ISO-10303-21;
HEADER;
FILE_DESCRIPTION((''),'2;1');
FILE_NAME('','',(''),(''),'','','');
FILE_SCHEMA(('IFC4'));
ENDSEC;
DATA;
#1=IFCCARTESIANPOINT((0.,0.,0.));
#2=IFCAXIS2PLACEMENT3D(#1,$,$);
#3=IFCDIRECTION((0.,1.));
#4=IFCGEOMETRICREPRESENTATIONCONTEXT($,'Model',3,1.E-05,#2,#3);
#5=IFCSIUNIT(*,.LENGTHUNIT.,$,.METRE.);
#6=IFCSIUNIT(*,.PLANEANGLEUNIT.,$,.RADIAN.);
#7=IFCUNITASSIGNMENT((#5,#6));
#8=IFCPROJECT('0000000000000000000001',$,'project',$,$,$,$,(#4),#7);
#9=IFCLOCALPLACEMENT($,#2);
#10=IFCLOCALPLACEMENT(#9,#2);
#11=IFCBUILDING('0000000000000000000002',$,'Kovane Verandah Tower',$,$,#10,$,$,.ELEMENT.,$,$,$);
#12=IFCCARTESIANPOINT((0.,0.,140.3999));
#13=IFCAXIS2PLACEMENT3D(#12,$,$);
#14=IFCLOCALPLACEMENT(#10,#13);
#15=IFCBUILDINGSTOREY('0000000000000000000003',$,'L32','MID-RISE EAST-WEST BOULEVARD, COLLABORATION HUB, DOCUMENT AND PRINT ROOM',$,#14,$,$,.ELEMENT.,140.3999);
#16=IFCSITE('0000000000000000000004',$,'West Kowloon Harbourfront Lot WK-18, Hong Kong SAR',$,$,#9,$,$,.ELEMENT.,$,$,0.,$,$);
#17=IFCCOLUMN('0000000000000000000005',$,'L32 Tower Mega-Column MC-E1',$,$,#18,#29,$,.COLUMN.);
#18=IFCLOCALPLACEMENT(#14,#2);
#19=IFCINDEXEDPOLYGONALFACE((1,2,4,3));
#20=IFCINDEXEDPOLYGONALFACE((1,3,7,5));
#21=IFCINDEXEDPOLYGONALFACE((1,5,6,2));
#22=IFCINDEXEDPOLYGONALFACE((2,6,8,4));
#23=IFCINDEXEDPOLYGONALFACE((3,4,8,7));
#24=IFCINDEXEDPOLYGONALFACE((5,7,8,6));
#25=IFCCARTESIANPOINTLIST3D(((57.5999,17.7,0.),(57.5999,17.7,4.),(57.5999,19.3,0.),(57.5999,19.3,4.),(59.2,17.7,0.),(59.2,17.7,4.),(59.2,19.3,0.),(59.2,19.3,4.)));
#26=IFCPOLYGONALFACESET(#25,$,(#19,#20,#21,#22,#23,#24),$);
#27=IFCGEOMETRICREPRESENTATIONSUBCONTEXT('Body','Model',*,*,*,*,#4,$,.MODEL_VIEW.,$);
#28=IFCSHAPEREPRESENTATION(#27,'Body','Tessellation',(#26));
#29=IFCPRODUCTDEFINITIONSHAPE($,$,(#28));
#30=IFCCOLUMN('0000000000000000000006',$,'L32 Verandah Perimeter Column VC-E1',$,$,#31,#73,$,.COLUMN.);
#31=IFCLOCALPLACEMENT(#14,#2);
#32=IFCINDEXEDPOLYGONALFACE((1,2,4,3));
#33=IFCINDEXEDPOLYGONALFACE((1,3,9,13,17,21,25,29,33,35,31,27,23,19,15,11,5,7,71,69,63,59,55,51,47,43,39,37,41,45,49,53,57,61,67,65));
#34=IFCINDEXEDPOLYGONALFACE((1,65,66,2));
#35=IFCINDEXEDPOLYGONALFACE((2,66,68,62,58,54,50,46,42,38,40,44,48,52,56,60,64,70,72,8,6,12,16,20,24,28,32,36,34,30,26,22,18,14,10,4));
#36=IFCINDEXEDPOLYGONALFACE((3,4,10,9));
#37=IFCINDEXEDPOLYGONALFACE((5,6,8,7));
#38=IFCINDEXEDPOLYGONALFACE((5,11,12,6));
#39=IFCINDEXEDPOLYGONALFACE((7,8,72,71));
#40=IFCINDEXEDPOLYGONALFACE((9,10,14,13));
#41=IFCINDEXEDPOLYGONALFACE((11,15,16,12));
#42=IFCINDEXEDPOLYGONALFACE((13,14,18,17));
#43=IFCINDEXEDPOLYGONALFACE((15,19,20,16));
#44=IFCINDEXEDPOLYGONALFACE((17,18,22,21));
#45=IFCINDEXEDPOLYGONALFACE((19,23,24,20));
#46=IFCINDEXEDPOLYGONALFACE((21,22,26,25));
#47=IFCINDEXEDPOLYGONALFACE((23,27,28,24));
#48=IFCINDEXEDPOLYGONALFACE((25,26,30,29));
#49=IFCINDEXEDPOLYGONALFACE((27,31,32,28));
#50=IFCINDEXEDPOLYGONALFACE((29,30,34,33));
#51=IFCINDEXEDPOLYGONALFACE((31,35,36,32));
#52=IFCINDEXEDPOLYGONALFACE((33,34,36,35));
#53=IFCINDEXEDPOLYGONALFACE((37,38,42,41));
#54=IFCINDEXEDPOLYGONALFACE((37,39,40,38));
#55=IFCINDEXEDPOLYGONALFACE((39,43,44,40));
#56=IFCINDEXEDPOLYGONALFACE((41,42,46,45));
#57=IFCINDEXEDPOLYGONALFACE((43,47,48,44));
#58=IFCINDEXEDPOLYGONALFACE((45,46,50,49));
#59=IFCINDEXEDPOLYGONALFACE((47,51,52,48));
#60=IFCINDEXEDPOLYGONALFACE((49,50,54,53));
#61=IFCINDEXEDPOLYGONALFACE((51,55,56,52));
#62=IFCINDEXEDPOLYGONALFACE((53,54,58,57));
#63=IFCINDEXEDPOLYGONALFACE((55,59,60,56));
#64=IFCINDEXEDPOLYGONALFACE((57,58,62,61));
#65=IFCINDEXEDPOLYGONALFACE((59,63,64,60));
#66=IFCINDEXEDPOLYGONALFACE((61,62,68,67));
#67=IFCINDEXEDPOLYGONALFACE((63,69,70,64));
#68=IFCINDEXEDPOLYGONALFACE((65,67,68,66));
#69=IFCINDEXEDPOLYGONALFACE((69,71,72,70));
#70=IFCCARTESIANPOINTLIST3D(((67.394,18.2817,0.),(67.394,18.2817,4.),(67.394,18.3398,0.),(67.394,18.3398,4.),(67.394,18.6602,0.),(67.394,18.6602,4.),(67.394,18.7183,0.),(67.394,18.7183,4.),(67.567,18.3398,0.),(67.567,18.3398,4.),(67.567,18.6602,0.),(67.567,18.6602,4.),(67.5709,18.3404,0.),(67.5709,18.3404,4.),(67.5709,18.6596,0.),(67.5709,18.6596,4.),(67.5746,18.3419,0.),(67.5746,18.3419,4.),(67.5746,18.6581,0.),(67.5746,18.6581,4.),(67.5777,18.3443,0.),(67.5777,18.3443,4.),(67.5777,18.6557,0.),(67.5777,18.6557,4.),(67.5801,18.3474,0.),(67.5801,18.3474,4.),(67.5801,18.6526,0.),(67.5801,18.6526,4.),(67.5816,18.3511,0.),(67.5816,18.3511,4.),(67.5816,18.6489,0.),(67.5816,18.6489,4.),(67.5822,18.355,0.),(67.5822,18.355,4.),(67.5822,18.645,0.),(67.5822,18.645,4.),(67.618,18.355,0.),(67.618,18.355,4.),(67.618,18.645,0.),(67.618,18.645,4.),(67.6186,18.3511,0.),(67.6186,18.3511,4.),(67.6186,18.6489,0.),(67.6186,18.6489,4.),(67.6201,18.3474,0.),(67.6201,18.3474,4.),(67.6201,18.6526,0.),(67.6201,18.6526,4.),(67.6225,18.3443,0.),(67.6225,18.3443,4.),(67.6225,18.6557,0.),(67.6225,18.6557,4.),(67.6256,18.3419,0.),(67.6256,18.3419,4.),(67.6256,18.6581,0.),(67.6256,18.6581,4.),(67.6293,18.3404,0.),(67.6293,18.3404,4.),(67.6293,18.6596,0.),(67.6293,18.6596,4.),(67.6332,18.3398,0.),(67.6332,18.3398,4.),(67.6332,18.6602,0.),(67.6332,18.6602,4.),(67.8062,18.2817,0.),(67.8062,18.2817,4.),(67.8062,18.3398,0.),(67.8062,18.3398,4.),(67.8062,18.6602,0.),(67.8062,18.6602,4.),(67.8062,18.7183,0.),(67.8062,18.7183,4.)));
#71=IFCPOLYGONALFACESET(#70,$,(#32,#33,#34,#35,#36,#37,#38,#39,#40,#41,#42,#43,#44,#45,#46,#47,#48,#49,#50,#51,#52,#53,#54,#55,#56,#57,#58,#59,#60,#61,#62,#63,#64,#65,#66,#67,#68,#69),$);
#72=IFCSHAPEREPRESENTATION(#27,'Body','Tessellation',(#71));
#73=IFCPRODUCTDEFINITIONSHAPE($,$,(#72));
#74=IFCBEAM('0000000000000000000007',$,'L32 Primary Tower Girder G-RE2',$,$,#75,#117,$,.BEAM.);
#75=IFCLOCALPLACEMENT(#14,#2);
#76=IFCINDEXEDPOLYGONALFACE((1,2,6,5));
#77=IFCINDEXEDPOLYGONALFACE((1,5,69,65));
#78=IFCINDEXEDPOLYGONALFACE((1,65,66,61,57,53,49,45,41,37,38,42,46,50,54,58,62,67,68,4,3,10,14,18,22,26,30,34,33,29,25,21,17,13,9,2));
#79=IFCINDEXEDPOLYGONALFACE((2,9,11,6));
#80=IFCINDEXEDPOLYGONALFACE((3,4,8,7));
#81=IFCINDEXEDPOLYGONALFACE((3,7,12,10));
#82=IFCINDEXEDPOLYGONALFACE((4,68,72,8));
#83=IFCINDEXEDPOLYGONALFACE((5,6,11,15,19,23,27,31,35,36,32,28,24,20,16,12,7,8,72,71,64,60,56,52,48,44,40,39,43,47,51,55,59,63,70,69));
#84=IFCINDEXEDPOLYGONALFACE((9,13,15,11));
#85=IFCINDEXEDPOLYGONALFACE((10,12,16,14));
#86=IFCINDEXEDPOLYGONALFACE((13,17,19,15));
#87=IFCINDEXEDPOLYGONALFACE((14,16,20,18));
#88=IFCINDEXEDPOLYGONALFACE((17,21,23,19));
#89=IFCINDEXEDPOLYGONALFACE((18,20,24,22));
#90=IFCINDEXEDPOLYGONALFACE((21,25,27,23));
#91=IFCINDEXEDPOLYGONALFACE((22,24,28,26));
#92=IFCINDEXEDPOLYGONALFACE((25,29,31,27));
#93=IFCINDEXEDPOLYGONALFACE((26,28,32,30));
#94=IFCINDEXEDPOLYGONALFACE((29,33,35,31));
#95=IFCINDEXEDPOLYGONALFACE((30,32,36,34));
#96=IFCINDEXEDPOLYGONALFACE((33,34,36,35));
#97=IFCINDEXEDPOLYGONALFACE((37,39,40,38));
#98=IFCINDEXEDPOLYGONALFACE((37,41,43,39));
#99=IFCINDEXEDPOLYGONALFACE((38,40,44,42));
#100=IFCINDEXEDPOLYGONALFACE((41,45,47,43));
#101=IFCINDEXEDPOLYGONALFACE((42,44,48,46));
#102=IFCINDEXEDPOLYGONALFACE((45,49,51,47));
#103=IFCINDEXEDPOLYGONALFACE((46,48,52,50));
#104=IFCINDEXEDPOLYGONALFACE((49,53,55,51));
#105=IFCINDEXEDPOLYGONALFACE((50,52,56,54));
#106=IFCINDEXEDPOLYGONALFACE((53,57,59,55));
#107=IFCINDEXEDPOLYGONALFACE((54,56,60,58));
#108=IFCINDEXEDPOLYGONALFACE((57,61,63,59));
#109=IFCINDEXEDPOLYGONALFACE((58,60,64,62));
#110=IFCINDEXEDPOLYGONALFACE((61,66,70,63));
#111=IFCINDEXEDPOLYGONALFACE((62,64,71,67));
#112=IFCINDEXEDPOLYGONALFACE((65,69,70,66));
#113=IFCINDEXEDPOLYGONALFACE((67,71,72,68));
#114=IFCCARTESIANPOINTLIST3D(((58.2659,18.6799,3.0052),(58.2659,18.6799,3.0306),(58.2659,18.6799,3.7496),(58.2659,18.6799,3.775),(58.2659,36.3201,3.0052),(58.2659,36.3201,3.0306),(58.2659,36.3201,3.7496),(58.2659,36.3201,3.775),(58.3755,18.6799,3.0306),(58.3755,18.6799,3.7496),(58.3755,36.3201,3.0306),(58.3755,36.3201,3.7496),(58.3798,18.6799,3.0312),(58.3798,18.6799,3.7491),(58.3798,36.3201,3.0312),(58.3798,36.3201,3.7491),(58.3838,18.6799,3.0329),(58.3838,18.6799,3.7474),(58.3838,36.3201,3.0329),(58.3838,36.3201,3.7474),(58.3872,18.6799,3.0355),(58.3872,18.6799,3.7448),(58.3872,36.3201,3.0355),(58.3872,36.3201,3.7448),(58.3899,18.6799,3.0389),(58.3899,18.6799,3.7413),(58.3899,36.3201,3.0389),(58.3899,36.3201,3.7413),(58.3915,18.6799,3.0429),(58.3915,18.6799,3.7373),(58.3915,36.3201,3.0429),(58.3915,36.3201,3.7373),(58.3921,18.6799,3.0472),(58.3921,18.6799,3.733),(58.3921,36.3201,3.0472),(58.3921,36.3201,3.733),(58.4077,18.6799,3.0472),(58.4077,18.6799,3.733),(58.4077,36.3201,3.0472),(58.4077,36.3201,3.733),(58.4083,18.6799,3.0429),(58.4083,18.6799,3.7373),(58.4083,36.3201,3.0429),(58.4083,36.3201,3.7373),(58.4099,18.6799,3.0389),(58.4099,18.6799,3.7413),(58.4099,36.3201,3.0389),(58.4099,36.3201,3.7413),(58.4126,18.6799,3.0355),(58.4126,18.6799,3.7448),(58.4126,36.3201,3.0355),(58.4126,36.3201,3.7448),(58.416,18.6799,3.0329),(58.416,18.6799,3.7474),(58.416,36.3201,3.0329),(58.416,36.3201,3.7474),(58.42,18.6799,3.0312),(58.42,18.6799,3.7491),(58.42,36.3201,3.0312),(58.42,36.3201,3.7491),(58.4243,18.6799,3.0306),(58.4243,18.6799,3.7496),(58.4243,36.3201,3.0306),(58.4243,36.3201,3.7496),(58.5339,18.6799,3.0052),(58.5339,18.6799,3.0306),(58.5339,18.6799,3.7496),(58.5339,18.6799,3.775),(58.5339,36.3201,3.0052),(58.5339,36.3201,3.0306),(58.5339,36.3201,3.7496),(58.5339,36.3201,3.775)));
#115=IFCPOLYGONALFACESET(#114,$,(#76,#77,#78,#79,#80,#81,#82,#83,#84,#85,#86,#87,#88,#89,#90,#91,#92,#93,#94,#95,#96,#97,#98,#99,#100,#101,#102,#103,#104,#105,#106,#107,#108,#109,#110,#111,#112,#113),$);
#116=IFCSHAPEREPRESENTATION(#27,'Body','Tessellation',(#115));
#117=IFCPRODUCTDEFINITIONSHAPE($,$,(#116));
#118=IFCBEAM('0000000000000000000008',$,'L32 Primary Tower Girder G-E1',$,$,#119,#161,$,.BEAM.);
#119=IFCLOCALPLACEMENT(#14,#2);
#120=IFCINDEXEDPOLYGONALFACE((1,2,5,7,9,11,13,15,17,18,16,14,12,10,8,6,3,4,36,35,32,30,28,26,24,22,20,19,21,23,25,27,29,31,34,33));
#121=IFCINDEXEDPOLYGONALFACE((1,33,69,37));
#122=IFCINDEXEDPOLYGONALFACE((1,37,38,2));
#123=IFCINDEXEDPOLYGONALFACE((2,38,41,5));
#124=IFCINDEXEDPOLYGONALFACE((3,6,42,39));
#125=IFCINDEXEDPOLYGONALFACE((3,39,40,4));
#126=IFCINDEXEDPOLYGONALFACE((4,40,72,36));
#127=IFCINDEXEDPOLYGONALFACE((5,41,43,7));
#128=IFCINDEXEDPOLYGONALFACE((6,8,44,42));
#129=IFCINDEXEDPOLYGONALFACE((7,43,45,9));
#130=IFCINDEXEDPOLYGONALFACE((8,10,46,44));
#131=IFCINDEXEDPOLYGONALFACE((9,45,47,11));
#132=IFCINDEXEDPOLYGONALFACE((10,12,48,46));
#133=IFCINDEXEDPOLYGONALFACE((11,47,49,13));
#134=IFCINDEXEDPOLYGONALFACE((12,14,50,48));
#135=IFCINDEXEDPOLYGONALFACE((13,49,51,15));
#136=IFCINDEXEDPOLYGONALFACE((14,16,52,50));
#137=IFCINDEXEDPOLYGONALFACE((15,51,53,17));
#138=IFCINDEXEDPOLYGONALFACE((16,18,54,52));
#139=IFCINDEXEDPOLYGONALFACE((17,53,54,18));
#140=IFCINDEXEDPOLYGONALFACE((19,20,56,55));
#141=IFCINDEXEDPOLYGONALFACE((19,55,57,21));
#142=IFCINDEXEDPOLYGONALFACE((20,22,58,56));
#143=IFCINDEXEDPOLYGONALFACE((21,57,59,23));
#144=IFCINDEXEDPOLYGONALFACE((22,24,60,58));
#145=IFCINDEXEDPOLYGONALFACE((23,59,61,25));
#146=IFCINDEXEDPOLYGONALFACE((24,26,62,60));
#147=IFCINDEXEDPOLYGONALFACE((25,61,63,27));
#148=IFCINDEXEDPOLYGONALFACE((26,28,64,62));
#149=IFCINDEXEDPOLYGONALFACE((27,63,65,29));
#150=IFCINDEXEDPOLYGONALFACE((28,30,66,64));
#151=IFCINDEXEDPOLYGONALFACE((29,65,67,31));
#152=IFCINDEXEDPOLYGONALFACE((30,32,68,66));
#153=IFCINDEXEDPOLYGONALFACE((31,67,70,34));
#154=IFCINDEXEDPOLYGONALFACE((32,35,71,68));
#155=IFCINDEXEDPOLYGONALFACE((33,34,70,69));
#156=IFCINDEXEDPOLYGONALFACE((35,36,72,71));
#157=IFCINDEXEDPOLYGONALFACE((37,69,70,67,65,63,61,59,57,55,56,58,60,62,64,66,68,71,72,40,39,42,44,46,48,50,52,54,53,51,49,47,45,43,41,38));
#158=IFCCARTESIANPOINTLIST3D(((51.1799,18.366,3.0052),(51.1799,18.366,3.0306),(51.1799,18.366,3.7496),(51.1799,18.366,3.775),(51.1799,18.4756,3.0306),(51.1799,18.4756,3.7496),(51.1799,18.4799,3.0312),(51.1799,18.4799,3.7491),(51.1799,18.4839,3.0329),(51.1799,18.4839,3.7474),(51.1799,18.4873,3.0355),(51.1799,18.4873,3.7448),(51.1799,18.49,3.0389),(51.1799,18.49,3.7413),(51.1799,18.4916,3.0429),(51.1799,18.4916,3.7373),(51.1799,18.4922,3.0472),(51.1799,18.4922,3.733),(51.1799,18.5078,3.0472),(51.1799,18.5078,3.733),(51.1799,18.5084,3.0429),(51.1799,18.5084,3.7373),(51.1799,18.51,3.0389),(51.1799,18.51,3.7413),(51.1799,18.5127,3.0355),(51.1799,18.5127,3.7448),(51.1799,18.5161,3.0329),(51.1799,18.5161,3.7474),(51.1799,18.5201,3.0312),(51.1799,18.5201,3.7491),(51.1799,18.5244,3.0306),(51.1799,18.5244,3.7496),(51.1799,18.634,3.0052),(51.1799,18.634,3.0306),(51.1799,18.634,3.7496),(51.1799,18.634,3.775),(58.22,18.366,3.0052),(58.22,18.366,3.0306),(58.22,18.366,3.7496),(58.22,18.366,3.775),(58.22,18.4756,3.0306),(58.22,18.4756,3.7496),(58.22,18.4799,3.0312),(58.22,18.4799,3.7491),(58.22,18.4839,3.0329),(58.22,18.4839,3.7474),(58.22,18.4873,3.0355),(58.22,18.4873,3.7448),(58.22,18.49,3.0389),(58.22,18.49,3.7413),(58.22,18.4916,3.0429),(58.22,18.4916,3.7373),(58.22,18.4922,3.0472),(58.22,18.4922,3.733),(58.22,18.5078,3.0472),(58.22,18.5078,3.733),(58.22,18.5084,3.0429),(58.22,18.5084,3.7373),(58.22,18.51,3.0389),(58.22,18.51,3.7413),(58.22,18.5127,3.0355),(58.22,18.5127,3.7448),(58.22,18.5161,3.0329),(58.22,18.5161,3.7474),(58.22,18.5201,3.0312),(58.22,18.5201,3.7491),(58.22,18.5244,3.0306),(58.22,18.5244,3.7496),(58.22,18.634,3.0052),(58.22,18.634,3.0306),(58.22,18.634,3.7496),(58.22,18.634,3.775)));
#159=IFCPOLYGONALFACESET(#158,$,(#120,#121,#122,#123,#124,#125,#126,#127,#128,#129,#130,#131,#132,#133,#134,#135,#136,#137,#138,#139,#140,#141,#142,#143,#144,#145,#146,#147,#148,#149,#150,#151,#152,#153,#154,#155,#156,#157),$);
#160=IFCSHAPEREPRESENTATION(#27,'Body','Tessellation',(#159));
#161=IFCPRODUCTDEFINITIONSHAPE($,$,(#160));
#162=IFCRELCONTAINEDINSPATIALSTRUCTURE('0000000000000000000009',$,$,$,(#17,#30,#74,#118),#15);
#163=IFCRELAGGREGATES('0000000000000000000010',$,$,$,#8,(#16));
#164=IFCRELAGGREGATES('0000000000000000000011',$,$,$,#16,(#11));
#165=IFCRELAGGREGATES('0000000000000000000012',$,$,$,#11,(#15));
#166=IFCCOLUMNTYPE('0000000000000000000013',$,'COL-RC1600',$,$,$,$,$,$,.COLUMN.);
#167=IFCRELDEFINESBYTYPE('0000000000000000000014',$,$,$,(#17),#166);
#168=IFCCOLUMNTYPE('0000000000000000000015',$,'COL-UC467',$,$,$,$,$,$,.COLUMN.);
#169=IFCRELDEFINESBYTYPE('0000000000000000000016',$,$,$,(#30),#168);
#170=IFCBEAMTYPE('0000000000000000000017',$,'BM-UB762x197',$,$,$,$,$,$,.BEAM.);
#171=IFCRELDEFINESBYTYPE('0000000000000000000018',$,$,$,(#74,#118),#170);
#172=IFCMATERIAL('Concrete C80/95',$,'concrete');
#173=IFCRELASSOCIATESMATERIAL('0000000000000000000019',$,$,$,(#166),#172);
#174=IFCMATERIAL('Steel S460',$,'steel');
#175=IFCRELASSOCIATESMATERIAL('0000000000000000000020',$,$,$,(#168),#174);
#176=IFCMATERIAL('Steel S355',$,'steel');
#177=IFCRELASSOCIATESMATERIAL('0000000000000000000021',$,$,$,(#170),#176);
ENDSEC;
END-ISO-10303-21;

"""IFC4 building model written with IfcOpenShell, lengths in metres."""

from ifc_helpers import new_model, si_unit, direction, frame, origin, origin_2d, place, context, subcontext, project, spatial, rectangle, i_section, extrude, material, material_profile, profile_set, type_object, element, save


model = new_model("IFC4")

# Units and contexts
model_context = context("Model", 3, precision=1e-05, world=origin(), true_north=direction((0.0, 1.0)))
body_context = subcontext(model_context, "Body", "Model", "MODEL_VIEW")
ifc_project = project(units=[si_unit("LENGTHUNIT", "METRE"), si_unit("PLANEANGLEUNIT", "RADIAN")], contexts=[model_context])

# Site, building, storey
site_placement = place(None, origin())
site = spatial("IfcSite", under=ifc_project, at=site_placement, Name="West Kowloon Harbourfront Lot WK-18, Hong Kong SAR", CompositionType="ELEMENT", RefElevation=0.0)
building_placement = place(site_placement, origin())
building = spatial("IfcBuilding", under=site, at=building_placement, Name="Kovane Verandah Tower", CompositionType="ELEMENT")
storey_placement = place(building_placement, frame((0.0, 0.0, 140.3999)))
storey = spatial("IfcBuildingStorey", under=building, at=storey_placement, Name="L32", Description="MID-RISE EAST-WEST BOULEVARD, COLLABORATION HUB, DOCUMENT AND PRINT ROOM", CompositionType="ELEMENT", Elevation=140.3999)

# Columns
ifc_material_1 = material(Name="Concrete C80/95", Category="concrete")
ifc_material_profile_1 = material_profile(ifc_material_1, rectangle(XDim=1.6001, YDim=1.6001, at=origin_2d()), Name="RC1600x1600")
ifc_profile_set_1 = profile_set([ifc_material_profile_1], Name="Concrete C80/95")
column_type_1 = type_object("IfcColumnType", Name="COL-RC1600", PredefinedType="COLUMN", material=ifc_profile_set_1)
column_1_placement = place(storey_placement, frame((58.3999, 18.5, 0.0), z_axis=(0.0, 0.0, 1.0), x_axis=(1.0, 0.0, 0.0)))
element("IfcColumn", 1, at=column_1_placement, inside=storey, type_object=column_type_1, Name="L32 Tower Mega-Column MC-E1", PredefinedType="COLUMN", context=body_context, shape_type="SweptSolid", body=[
    extrude(rectangle(XDim=1.6001, YDim=1.6001, at=origin_2d()), origin(), (0.0, 0.0, 1.0), 4.0),
])
ifc_material_2 = material(Name="Steel S460", Category="steel")
ifc_material_profile_2 = material_profile(ifc_material_2, i_section(OverallWidth=0.4121, OverallDepth=0.4365, WebThickness=0.0359, FlangeThickness=0.0581, FilletRadius=0.0151, at=origin_2d()), Name="UC356x406x467")
ifc_profile_set_2 = profile_set([ifc_material_profile_2], Name="Steel S460")
column_type_2 = type_object("IfcColumnType", Name="COL-UC467", PredefinedType="COLUMN", material=ifc_profile_set_2)
column_2_placement = place(storey_placement, frame((67.6001, 18.5, 0.0), z_axis=(0.0, 0.0, 1.0), x_axis=(1.0, 0.0, 0.0)))
element("IfcColumn", 2, at=column_2_placement, inside=storey, type_object=column_type_2, Name="L32 Verandah Perimeter Column VC-E1", PredefinedType="COLUMN", context=body_context, shape_type="SweptSolid", body=[
    extrude(i_section(OverallWidth=0.4121, OverallDepth=0.4365, WebThickness=0.0359, FlangeThickness=0.0581, FilletRadius=0.0151, at=origin_2d()), origin(), (0.0, 0.0, 1.0), 4.0),
])

# Beams
ifc_material_3 = material(Name="Steel S355", Category="steel")
ifc_material_profile_3 = material_profile(ifc_material_3, i_section(OverallWidth=0.2681, OverallDepth=0.7698, WebThickness=0.0156, FlangeThickness=0.0254, FilletRadius=0.0166, at=origin_2d()), Name="UB762x267x197")
ifc_profile_set_3 = profile_set([ifc_material_profile_3], Name="Steel S355")
beam_type_1 = type_object("IfcBeamType", Name="BM-UB762x197", PredefinedType="BEAM", material=ifc_profile_set_3)
beam_1_placement = place(storey_placement, frame((58.3999, 18.6799, 3.3901), z_axis=(0.0, 1.0, 0.0), x_axis=(-1.0, 0.0, 0.0)))
element("IfcBeam", 3, at=beam_1_placement, inside=storey, type_object=beam_type_1, Name="L32 Primary Tower Girder G-RE2", PredefinedType="BEAM", context=body_context, shape_type="SweptSolid", body=[
    extrude(i_section(OverallWidth=0.2681, OverallDepth=0.7698, WebThickness=0.0156, FlangeThickness=0.0254, FilletRadius=0.0166, at=origin_2d()), origin(), (0.0, 0.0, 1.0), 17.6401),
])
beam_2_placement = place(storey_placement, frame((51.1799, 18.5, 3.3901), z_axis=(1.0, 0.0, 0.0), x_axis=(0.0, 1.0, 0.0)))
element("IfcBeam", 4, at=beam_2_placement, inside=storey, type_object=beam_type_1, Name="L32 Primary Tower Girder G-E1", PredefinedType="BEAM", context=body_context, shape_type="SweptSolid", body=[
    extrude(i_section(OverallWidth=0.2681, OverallDepth=0.7698, WebThickness=0.0156, FlangeThickness=0.0254, FilletRadius=0.0166, at=origin_2d()), origin(), (0.0, 0.0, 1.0), 7.04),
])

save(model, "model.ifc")
